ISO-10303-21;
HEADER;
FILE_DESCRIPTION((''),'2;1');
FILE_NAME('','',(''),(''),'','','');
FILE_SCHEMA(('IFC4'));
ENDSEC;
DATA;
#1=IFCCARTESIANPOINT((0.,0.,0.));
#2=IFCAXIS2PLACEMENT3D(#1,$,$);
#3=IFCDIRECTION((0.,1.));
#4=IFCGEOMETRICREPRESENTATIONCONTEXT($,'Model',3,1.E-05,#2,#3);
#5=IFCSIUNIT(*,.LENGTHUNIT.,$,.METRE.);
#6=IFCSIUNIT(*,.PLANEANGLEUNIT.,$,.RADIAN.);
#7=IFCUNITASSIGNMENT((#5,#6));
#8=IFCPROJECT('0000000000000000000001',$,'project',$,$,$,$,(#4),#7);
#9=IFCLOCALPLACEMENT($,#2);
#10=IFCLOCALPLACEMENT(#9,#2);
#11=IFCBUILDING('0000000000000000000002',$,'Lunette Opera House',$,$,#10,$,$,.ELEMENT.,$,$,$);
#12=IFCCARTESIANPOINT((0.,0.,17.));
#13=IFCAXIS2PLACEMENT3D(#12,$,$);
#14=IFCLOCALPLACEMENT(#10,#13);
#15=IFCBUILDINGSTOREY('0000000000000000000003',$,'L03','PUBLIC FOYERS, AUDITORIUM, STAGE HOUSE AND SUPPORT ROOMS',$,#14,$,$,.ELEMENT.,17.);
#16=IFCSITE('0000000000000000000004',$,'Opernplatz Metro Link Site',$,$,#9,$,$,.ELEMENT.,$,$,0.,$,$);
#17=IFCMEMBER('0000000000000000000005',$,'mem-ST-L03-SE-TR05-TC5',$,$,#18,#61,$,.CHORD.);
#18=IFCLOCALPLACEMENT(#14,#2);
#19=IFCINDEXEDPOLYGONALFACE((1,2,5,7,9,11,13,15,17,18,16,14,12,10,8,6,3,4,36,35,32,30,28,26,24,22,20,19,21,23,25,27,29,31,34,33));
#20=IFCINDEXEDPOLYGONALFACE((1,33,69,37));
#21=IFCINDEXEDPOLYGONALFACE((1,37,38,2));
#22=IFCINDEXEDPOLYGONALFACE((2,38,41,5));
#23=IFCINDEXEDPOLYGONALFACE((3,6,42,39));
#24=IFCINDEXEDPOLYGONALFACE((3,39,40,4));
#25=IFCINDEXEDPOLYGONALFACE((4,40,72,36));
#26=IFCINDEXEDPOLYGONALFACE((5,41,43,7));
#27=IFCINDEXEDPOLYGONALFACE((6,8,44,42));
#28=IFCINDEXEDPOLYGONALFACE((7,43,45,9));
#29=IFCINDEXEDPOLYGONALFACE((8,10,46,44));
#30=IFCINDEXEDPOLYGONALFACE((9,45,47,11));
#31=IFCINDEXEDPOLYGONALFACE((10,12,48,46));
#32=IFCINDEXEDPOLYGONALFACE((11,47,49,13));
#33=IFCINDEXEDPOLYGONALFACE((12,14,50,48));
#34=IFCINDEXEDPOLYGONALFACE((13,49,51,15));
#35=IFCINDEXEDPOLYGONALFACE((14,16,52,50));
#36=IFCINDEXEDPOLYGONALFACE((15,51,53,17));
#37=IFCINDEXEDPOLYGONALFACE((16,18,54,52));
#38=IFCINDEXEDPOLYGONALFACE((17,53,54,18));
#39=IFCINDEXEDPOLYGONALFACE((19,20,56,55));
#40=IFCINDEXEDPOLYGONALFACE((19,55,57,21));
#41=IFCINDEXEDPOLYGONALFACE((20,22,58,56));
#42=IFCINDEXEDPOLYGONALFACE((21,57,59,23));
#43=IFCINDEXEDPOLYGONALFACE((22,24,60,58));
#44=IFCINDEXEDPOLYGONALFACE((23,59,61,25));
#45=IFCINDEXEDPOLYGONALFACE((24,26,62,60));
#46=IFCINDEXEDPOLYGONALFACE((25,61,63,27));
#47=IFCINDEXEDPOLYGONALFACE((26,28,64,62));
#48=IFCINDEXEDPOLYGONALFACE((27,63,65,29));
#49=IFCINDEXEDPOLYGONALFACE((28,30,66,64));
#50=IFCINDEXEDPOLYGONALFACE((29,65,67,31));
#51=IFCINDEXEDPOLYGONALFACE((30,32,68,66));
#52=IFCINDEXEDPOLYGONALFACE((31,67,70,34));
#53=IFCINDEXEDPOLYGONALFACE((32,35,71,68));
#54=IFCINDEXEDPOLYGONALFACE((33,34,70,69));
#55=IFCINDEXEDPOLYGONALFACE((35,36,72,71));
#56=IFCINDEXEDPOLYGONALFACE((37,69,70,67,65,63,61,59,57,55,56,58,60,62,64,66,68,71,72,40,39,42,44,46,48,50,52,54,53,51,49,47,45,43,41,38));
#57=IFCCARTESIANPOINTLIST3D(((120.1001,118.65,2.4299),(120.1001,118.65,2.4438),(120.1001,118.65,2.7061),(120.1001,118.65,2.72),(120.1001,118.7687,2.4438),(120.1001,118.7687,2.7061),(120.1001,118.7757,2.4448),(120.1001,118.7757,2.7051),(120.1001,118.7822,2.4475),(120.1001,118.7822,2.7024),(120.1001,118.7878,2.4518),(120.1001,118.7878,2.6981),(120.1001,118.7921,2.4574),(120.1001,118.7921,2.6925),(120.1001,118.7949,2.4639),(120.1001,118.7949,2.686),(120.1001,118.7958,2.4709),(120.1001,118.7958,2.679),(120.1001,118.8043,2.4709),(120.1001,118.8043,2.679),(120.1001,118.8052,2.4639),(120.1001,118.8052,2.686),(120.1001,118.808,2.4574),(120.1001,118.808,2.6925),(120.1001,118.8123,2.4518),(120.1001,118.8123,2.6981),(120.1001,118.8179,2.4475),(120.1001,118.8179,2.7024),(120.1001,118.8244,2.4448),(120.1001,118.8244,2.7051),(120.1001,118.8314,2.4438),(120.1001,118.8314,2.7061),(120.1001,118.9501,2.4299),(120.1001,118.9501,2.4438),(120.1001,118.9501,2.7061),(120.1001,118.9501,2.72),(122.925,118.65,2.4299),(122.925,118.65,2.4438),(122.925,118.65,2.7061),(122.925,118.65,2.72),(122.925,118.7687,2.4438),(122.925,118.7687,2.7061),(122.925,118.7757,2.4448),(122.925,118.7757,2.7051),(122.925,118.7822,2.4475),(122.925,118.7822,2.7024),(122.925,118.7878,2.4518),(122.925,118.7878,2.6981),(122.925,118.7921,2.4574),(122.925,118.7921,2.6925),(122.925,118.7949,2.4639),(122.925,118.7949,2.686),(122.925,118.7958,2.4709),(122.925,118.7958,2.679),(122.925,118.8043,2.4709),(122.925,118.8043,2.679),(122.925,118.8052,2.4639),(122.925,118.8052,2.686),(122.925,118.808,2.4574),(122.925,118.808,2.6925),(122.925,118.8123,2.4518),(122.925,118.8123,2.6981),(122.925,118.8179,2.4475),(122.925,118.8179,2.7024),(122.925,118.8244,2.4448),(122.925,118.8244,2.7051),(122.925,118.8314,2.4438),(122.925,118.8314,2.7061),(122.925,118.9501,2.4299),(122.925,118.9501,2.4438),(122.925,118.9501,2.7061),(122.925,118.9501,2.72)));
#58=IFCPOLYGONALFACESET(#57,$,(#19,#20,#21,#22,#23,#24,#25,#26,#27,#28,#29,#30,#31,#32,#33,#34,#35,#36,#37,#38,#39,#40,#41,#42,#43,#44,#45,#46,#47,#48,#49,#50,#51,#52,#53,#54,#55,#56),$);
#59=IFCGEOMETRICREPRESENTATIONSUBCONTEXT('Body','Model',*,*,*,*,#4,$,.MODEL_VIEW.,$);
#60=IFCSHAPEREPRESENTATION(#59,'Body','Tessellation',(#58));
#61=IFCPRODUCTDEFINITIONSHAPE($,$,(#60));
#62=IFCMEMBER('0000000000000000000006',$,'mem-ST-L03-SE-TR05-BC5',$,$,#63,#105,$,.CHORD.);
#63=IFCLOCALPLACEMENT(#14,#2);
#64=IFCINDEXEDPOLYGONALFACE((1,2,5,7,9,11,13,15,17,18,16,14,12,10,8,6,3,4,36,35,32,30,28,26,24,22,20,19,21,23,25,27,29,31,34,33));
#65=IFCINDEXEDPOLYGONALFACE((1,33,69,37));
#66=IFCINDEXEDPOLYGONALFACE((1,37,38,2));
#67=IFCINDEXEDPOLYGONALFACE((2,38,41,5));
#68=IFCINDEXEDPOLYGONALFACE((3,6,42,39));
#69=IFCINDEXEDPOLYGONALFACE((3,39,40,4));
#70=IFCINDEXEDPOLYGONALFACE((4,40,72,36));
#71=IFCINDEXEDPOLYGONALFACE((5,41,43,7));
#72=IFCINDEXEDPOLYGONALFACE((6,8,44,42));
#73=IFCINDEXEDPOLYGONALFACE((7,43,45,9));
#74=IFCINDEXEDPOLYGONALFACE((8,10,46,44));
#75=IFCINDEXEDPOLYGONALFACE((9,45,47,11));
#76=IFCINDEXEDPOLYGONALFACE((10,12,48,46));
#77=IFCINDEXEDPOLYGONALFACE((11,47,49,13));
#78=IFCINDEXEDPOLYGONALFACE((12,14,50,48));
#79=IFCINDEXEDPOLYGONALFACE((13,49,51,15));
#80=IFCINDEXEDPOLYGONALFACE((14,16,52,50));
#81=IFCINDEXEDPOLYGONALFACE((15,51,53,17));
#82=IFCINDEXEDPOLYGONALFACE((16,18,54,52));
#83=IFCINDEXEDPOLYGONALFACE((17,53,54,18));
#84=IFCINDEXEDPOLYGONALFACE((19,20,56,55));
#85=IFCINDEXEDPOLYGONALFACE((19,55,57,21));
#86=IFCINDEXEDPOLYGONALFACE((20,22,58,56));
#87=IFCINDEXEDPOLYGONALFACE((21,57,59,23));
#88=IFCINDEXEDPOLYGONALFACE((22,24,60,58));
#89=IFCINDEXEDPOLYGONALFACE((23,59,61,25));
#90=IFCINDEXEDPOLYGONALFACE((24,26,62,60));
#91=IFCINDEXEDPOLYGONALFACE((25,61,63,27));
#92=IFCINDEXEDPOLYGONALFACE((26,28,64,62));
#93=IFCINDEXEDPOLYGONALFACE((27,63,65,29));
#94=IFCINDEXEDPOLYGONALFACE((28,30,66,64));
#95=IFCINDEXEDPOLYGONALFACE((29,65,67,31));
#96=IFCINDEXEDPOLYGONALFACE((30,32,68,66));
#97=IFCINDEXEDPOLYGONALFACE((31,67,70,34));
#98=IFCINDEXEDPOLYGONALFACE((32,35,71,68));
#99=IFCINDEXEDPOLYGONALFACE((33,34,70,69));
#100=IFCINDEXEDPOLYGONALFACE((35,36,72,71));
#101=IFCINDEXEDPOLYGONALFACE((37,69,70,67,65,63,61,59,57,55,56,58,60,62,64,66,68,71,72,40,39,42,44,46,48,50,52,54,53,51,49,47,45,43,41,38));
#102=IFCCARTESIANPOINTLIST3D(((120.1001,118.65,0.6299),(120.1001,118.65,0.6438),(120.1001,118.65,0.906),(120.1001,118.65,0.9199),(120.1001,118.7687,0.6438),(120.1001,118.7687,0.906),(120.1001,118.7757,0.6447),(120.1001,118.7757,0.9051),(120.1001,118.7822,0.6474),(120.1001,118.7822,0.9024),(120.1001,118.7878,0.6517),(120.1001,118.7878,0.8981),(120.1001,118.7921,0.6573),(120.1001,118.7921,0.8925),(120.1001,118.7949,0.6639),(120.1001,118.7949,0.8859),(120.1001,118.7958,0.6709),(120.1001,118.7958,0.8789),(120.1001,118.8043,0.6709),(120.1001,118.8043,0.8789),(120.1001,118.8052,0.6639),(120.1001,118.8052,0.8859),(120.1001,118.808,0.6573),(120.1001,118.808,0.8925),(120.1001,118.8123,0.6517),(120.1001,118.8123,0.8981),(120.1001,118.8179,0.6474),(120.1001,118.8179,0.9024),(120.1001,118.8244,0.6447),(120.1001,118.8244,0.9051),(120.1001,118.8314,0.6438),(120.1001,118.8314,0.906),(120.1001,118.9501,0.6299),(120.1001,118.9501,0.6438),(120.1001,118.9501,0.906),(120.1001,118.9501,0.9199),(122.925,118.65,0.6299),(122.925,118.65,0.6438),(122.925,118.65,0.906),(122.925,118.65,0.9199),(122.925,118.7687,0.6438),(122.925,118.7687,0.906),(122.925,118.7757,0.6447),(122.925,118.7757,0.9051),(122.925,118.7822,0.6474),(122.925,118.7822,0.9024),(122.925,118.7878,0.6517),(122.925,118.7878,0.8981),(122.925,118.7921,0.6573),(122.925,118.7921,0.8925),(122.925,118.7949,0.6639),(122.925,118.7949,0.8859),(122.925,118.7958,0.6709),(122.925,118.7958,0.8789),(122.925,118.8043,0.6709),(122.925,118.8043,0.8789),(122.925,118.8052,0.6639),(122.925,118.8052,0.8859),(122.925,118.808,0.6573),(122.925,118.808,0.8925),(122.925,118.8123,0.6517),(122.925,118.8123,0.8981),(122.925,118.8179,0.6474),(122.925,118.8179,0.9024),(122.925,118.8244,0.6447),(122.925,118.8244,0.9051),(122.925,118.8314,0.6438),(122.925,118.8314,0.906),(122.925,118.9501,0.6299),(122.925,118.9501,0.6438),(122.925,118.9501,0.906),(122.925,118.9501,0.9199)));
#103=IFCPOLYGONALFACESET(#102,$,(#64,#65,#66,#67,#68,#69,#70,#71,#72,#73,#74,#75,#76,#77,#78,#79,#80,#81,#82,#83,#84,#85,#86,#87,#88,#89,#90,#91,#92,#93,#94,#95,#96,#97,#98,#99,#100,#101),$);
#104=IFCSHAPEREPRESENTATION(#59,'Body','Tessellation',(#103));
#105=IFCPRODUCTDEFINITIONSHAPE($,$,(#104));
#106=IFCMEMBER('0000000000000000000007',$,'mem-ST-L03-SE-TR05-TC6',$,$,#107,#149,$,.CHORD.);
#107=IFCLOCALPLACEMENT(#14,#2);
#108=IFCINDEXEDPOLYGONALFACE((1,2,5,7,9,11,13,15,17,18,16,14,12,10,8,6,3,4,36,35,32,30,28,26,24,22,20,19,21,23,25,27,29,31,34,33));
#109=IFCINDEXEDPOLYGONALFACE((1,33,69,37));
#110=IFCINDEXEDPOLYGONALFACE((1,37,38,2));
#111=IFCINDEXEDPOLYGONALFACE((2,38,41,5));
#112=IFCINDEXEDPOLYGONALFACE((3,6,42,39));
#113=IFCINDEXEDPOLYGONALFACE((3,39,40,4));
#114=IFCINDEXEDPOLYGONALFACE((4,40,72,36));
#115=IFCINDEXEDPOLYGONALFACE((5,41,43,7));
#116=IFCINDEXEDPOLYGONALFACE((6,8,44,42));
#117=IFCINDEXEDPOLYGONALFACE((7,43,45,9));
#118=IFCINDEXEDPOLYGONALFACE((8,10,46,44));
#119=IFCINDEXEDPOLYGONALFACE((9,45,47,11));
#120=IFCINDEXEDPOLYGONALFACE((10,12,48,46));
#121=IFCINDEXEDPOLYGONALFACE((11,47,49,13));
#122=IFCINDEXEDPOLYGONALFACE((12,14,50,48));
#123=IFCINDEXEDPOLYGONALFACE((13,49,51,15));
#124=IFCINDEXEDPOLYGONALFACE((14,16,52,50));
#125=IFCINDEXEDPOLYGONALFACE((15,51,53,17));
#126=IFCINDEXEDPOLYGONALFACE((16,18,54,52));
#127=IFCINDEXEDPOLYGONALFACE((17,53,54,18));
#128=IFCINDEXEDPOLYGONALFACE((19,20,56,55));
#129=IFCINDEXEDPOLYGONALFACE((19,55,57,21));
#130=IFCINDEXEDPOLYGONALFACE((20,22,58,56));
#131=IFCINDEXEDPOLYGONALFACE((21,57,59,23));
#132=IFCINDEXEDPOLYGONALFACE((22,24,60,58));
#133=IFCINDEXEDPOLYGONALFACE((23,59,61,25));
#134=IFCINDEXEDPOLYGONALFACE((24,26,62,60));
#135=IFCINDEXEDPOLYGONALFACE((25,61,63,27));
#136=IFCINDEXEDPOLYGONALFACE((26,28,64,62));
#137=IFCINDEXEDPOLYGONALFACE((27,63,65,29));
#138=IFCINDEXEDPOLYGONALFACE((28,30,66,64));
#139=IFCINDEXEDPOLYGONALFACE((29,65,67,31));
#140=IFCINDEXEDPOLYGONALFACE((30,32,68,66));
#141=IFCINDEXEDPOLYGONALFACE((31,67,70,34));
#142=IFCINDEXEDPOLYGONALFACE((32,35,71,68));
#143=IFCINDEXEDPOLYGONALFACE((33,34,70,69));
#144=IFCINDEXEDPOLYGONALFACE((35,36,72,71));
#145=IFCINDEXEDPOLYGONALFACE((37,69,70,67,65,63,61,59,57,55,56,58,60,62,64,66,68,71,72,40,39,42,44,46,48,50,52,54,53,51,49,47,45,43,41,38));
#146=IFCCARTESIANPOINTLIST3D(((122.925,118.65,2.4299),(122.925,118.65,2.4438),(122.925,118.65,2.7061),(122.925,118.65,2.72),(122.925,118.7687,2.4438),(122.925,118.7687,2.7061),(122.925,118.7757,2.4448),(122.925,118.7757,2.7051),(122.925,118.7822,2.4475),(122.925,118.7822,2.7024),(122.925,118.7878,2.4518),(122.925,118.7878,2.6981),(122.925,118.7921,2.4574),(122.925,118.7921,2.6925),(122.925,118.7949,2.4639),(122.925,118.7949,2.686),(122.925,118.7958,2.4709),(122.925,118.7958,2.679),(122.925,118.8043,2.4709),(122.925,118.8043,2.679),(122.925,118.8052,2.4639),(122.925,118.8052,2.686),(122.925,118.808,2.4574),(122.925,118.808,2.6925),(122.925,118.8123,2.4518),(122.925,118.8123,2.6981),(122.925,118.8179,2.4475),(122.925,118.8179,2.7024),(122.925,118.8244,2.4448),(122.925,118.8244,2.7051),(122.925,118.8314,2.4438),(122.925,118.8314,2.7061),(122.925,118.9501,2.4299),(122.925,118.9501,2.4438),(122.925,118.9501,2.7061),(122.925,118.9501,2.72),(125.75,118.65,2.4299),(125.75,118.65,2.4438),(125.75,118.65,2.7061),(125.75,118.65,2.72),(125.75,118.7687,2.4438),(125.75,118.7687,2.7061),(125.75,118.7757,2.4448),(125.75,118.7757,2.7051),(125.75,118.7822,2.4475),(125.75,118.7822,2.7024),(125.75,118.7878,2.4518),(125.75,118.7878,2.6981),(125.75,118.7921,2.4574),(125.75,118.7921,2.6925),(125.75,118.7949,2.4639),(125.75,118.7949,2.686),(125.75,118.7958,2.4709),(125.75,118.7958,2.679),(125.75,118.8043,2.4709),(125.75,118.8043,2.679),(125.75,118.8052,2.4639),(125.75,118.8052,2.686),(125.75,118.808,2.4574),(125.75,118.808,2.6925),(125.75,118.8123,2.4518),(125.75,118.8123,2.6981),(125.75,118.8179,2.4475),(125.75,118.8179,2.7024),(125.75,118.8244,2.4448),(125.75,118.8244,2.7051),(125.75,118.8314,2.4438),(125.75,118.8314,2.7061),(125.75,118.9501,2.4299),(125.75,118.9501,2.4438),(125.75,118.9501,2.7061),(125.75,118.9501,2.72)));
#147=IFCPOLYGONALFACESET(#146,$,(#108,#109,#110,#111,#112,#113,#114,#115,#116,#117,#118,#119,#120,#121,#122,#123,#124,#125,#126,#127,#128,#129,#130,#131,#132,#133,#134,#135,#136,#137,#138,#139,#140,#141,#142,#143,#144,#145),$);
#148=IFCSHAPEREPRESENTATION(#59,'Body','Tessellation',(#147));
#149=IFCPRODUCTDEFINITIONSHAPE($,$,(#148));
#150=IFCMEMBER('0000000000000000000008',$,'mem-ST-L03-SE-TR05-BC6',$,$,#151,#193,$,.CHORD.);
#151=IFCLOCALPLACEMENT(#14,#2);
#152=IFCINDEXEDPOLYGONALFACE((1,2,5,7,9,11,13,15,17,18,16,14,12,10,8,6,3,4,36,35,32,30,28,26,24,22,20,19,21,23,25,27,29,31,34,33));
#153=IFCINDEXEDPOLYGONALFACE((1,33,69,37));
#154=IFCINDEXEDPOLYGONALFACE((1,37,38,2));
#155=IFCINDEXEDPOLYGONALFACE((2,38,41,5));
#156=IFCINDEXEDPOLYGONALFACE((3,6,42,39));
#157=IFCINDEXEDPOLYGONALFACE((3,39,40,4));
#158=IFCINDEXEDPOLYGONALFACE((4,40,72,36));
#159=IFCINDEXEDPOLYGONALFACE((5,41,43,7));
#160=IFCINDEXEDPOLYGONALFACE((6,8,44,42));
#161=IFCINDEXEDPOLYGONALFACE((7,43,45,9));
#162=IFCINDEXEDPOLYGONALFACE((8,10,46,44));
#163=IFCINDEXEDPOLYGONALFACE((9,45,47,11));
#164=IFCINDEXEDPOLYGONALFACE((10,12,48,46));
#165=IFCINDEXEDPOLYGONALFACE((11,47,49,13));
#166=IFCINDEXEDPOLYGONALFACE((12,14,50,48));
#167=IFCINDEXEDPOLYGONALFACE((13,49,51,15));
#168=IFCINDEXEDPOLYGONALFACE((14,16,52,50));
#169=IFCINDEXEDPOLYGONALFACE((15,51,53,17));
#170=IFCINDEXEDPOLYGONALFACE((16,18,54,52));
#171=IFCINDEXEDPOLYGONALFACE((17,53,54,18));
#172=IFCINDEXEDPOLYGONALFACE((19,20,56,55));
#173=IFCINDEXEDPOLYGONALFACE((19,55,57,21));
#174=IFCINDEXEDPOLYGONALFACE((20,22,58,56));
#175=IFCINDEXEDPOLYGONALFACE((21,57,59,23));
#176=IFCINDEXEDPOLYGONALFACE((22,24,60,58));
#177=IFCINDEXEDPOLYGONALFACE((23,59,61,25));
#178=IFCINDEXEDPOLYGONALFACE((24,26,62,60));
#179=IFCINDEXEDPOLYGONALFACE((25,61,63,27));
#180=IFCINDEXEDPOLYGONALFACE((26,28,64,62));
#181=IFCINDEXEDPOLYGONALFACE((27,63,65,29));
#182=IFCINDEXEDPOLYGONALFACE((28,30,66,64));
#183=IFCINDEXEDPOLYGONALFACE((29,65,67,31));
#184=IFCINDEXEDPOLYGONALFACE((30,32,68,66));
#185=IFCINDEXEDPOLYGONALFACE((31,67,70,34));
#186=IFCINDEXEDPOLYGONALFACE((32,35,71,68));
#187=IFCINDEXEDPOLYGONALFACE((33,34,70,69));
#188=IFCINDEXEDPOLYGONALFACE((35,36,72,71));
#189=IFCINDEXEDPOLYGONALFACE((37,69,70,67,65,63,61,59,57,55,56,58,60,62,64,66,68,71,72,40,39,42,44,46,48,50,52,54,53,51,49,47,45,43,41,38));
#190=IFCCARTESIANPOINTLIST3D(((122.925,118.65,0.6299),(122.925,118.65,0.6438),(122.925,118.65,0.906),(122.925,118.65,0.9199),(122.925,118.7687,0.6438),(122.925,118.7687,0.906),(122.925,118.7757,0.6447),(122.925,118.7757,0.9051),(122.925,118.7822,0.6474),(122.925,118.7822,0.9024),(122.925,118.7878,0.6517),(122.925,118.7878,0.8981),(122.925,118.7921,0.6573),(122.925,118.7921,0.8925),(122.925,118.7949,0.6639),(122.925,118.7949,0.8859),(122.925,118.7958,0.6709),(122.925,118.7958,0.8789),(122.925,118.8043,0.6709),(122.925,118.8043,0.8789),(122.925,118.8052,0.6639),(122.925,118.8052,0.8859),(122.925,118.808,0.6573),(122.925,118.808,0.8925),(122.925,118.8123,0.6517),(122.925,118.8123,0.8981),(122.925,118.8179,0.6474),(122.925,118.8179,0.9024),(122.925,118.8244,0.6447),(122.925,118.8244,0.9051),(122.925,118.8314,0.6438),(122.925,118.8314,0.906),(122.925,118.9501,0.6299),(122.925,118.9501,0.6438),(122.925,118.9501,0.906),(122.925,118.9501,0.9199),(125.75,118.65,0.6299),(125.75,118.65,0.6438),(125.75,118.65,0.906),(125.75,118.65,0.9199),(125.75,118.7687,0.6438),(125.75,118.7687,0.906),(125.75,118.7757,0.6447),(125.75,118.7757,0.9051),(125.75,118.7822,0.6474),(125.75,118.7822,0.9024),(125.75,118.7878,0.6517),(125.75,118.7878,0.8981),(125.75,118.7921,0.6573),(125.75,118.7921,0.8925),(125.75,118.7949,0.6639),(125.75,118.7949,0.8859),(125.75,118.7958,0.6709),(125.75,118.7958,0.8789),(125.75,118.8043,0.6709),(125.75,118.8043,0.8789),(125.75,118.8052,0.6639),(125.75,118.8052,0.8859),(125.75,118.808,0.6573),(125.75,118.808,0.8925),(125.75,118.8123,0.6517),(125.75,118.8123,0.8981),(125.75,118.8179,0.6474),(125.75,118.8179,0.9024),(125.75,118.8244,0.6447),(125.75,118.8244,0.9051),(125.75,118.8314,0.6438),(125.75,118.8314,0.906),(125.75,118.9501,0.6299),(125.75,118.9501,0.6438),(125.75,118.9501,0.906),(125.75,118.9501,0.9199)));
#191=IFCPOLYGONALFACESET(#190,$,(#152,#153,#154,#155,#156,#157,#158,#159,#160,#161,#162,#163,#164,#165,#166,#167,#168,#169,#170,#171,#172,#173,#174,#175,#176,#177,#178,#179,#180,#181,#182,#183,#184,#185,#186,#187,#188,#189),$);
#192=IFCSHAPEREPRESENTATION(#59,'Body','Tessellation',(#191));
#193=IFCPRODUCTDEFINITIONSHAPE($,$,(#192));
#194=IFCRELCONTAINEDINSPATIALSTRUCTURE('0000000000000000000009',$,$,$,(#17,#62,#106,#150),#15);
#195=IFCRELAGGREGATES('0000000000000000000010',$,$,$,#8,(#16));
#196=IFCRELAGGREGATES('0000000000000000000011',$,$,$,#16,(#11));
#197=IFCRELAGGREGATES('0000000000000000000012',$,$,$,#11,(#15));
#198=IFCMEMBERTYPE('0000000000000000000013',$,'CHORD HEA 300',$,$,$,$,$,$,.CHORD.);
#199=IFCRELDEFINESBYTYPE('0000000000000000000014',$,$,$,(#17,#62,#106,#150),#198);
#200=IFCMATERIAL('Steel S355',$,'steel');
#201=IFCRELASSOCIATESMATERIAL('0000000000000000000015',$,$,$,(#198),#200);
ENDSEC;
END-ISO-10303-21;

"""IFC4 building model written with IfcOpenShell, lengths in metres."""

from ifc_helpers import new_model, si_unit, direction, frame, origin, origin_2d, place, context, subcontext, project, spatial, i_section, extrude, material, material_profile, profile_set, type_object, element, save


model = new_model("IFC4")

# Units and contexts
model_context = context("Model", 3, precision=1e-05, world=origin(), true_north=direction((0.0, 1.0)))
body_context = subcontext(model_context, "Body", "Model", "MODEL_VIEW")
ifc_project = project(units=[si_unit("LENGTHUNIT", "METRE"), si_unit("PLANEANGLEUNIT", "RADIAN")], contexts=[model_context])

# Site, building, storey
site_placement = place(None, origin())
site = spatial("IfcSite", under=ifc_project, at=site_placement, Name="Opernplatz Metro Link Site", CompositionType="ELEMENT", RefElevation=0.0)
building_placement = place(site_placement, origin())
building = spatial("IfcBuilding", under=site, at=building_placement, Name="Lunette Opera House", CompositionType="ELEMENT")
storey_placement = place(building_placement, frame((0.0, 0.0, 17.0)))
storey = spatial("IfcBuildingStorey", under=building, at=storey_placement, Name="L03", Description="PUBLIC FOYERS, AUDITORIUM, STAGE HOUSE AND SUPPORT ROOMS", CompositionType="ELEMENT", Elevation=17.0)

# Members
ifc_material_1 = material(Name="Steel S355", Category="steel")
ifc_material_profile_1 = material_profile(ifc_material_1, i_section(OverallWidth=0.3, OverallDepth=0.29, WebThickness=0.0085, FlangeThickness=0.0139, FilletRadius=0.0271, at=origin_2d()), Name="HEA 300")
ifc_profile_set_1 = profile_set([ifc_material_profile_1], Name="Steel S355")
member_type_1 = type_object("IfcMemberType", Name="CHORD HEA 300", PredefinedType="CHORD", material=ifc_profile_set_1)
for number, where, z_axis, x_axis, name in (
    (1, (120.1001, 118.8, 2.575), (1.0, 0.0, 0.0), (0.0, 1.0, 0.0), "mem-ST-L03-SE-TR05-TC5"),
    (2, (120.1001, 118.8, 0.7749), (1.0, 0.0, 0.0), (0.0, 1.0, 0.0), "mem-ST-L03-SE-TR05-BC5"),
    (3, (122.925, 118.8, 2.575), (1.0, 0.0, 0.0), (0.0, 1.0, 0.0), "mem-ST-L03-SE-TR05-TC6"),
    (4, (122.925, 118.8, 0.7749), (1.0, 0.0, 0.0), (0.0, 1.0, 0.0), "mem-ST-L03-SE-TR05-BC6"),
):
    element("IfcMember", number, at=place(storey_placement, frame(where, z_axis=z_axis, x_axis=x_axis)), inside=storey, type_object=member_type_1, Name=name, PredefinedType="CHORD", context=body_context, shape_type="SweptSolid", body=[
        extrude(i_section(OverallWidth=0.3, OverallDepth=0.29, WebThickness=0.0085, FlangeThickness=0.0139, FilletRadius=0.0271, at=origin_2d()), origin(), (0.0, 0.0, 1.0), 2.825),
    ])

save(model, "model.ifc")
